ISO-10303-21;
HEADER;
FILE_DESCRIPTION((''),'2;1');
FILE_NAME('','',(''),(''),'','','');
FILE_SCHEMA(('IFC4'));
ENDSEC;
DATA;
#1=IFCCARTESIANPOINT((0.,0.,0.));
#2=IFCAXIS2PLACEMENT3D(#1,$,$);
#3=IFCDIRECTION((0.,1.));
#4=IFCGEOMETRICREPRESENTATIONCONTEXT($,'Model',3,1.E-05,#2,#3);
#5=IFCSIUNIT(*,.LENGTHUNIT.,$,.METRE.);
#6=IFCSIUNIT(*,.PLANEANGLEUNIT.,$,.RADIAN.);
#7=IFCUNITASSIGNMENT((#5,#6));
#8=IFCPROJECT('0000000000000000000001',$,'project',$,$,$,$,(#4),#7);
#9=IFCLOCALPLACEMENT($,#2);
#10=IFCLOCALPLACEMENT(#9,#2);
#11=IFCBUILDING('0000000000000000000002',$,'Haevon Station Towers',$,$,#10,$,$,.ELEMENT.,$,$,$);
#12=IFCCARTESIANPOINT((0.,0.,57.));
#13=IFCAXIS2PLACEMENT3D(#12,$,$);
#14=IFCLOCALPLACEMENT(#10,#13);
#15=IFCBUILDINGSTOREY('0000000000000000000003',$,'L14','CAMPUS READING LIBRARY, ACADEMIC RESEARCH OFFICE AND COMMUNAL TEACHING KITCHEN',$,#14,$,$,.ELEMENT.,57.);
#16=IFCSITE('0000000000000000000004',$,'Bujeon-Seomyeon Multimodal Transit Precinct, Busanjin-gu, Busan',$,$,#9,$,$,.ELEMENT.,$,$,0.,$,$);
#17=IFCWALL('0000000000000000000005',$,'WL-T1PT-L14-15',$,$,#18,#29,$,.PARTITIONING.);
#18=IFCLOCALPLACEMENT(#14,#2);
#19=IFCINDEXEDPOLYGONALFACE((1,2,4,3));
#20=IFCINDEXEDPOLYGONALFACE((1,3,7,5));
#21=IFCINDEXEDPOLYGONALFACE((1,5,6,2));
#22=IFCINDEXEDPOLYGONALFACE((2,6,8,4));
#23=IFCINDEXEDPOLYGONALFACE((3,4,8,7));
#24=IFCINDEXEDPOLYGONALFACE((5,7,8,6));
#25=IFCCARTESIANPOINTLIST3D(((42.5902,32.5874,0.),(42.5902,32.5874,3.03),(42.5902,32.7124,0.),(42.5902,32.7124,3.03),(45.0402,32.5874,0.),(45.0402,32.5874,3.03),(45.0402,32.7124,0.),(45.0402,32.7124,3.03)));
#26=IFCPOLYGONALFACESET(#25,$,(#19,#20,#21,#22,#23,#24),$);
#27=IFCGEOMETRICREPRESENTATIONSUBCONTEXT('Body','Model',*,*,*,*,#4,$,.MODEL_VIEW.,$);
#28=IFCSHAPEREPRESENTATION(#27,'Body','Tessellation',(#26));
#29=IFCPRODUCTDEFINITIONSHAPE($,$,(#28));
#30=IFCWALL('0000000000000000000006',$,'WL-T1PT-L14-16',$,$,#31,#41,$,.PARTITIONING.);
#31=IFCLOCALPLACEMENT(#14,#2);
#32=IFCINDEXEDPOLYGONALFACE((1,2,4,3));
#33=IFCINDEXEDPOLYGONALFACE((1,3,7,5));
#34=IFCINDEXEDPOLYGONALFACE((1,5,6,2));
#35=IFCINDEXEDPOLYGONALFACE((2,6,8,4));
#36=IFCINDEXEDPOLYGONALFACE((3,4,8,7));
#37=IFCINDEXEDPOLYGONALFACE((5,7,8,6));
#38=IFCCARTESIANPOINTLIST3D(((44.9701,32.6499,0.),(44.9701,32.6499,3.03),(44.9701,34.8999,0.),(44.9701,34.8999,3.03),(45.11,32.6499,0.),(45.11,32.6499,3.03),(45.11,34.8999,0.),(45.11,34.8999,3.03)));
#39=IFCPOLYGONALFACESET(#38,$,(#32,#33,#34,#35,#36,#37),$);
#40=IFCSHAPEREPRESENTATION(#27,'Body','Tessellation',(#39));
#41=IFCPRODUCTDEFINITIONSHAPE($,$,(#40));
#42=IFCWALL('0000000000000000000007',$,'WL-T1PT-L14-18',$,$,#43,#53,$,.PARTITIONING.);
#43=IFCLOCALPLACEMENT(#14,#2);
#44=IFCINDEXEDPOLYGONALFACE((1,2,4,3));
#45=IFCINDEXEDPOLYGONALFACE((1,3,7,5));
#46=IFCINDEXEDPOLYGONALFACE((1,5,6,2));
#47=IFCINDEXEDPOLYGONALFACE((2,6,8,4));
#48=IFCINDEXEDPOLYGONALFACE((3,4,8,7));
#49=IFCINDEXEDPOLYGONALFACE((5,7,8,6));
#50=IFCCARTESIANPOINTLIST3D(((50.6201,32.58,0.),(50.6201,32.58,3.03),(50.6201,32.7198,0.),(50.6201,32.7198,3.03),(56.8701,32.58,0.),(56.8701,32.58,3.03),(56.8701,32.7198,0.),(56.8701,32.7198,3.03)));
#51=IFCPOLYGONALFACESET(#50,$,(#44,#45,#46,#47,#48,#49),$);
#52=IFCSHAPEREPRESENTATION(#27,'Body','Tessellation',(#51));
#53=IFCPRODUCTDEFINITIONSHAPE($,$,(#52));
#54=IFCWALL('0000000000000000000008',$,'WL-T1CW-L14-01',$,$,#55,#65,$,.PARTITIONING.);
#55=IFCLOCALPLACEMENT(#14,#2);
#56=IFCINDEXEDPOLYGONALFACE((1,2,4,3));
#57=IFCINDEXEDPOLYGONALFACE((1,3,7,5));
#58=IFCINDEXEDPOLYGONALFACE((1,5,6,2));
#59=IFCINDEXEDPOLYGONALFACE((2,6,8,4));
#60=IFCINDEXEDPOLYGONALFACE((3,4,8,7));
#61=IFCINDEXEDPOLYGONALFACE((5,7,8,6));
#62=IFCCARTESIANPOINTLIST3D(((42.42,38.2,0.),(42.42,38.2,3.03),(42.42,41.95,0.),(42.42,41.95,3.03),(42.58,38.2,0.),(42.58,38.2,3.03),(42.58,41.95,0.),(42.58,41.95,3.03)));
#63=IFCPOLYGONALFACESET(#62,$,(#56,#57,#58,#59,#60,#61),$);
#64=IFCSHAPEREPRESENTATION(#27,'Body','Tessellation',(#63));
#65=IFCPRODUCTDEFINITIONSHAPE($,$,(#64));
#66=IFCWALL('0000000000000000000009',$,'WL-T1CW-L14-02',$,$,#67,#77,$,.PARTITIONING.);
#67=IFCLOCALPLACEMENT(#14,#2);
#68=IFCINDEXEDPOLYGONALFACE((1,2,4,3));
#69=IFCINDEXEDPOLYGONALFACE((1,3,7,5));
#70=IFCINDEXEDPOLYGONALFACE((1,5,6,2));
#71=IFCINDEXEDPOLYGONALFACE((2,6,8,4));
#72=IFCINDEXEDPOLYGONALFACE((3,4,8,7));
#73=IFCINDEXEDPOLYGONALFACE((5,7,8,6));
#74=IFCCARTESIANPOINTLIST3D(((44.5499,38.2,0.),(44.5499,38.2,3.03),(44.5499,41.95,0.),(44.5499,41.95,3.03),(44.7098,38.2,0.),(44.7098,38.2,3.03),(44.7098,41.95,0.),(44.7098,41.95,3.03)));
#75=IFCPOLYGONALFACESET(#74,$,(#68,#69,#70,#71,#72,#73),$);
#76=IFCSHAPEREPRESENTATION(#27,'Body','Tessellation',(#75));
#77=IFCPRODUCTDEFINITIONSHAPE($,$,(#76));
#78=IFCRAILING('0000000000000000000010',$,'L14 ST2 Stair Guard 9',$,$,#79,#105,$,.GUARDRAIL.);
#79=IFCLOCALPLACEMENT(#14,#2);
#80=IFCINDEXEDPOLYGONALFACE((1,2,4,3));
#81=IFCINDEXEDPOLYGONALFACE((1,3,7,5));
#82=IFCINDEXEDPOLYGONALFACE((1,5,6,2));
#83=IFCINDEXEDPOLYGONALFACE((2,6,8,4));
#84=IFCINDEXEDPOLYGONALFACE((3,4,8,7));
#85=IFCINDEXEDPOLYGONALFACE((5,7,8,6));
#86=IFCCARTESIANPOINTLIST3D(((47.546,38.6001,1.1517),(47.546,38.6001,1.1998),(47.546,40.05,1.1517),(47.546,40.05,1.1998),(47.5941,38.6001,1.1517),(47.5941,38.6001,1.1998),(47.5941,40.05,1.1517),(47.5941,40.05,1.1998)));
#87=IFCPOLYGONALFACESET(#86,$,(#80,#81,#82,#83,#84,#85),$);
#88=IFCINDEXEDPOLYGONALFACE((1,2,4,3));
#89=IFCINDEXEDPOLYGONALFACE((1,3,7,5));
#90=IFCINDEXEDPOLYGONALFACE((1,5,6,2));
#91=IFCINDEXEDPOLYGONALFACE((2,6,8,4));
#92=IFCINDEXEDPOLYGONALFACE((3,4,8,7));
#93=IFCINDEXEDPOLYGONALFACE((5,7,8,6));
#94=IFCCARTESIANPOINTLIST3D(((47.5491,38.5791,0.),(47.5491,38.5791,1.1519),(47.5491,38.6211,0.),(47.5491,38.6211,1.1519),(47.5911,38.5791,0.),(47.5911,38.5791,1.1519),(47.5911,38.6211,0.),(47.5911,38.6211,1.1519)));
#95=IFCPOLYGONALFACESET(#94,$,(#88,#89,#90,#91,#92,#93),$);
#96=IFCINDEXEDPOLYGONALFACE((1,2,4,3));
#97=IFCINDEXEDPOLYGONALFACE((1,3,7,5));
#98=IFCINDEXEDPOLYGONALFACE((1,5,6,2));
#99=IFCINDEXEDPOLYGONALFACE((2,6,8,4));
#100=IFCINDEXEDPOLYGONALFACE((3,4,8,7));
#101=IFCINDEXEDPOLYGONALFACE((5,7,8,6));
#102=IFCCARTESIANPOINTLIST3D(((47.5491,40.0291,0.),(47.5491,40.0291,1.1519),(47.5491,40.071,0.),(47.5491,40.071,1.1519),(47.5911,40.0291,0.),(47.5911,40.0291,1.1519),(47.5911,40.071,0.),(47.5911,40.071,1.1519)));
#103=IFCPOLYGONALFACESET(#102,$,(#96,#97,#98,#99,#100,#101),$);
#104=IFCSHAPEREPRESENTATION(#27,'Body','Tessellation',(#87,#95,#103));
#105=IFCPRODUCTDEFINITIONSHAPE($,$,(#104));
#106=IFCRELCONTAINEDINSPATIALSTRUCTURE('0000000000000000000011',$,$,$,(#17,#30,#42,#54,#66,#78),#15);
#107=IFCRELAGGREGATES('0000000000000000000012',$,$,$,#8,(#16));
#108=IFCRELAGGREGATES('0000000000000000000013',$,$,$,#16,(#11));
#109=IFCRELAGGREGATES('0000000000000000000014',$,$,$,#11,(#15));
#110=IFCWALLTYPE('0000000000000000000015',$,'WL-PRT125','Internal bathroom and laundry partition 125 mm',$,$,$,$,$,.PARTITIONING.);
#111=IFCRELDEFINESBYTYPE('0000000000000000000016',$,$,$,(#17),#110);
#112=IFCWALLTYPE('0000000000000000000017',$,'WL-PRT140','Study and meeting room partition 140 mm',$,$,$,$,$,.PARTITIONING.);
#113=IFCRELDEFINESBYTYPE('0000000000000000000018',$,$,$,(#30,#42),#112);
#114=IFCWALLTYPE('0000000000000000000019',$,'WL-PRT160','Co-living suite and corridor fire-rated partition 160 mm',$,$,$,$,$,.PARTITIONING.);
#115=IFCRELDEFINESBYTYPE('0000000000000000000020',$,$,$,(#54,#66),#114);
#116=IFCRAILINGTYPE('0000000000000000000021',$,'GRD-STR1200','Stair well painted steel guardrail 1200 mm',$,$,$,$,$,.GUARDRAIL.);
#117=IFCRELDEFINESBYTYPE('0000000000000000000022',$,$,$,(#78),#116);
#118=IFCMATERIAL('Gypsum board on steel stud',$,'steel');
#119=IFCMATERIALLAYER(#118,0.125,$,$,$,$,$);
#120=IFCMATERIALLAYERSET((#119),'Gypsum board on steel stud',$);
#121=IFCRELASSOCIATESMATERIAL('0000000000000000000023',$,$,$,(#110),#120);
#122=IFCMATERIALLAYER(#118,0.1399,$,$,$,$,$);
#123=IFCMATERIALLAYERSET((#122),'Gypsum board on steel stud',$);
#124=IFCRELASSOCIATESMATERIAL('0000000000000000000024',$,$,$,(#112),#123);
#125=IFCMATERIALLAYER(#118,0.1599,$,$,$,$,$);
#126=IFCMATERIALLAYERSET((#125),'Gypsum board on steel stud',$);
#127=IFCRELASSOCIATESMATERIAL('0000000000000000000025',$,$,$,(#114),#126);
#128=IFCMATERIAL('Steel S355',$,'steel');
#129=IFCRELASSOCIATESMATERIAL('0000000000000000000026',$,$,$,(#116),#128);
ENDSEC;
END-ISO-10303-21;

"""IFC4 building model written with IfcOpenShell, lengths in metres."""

from ifc_helpers import new_model, si_unit, direction, frame, frame_2d, origin, origin_2d, place, context, subcontext, project, spatial, rectangle, extrude, material, layer, layer_set, type_object, element, save


model = new_model("IFC4")

# Units and contexts
model_context = context("Model", 3, precision=1e-05, world=origin(), true_north=direction((0.0, 1.0)))
body_context = subcontext(model_context, "Body", "Model", "MODEL_VIEW")
ifc_project = project(units=[si_unit("LENGTHUNIT", "METRE"), si_unit("PLANEANGLEUNIT", "RADIAN")], contexts=[model_context])

# Site, building, storey
site_placement = place(None, origin())
site = spatial("IfcSite", under=ifc_project, at=site_placement, Name="Bujeon-Seomyeon Multimodal Transit Precinct, Busanjin-gu, Busan", CompositionType="ELEMENT", RefElevation=0.0)
building_placement = place(site_placement, origin())
building = spatial("IfcBuilding", under=site, at=building_placement, Name="Haevon Station Towers", CompositionType="ELEMENT")
storey_placement = place(building_placement, frame((0.0, 0.0, 57.0)))
storey = spatial("IfcBuildingStorey", under=building, at=storey_placement, Name="L14", Description="CAMPUS READING LIBRARY, ACADEMIC RESEARCH OFFICE AND COMMUNAL TEACHING KITCHEN", CompositionType="ELEMENT", Elevation=57.0)

# Shared definitions
ifc_material_1 = material(Name="Steel S355", Category="steel")

# Shared definitions
ifc_material_2 = material(Name="Gypsum board on steel stud", Category="steel")

# Walls
ifc_layer_1 = layer(ifc_material_2, 0.125)
ifc_layer_set_1 = layer_set([ifc_layer_1], Name="Gypsum board on steel stud")
wall_type_1 = type_object("IfcWallType", Name="WL-PRT125", Description="Internal bathroom and laundry partition 125 mm", PredefinedType="PARTITIONING", material=ifc_layer_set_1)
wall_1_placement = place(storey_placement, frame((42.5901, 32.6499, 0.0), z_axis=(0.0, 0.0, 1.0), x_axis=(1.0, 0.0, 0.0)))
element("IfcWall", 1, at=wall_1_placement, inside=storey, type_object=wall_type_1, Name="WL-T1PT-L14-15", PredefinedType="PARTITIONING", context=body_context, shape_type="SweptSolid", body=[
    extrude(rectangle(XDim=2.45, YDim=0.125, at=frame_2d((1.2251, 0.0))), origin(), (0.0, 0.0, 1.0), 3.03),
])
ifc_layer_2 = layer(ifc_material_2, 0.1399)
ifc_layer_set_2 = layer_set([ifc_layer_2], Name="Gypsum board on steel stud")
wall_type_2 = type_object("IfcWallType", Name="WL-PRT140", Description="Study and meeting room partition 140 mm", PredefinedType="PARTITIONING", material=ifc_layer_set_2)
wall_2_placement = place(storey_placement, frame((45.04, 32.6499, 0.0), z_axis=(0.0, 0.0, 1.0), x_axis=(0.0, 1.0, 0.0)))
element("IfcWall", 2, at=wall_2_placement, inside=storey, type_object=wall_type_2, Name="WL-T1PT-L14-16", PredefinedType="PARTITIONING", context=body_context, shape_type="SweptSolid", body=[
    extrude(rectangle(XDim=2.25, YDim=0.1399, at=frame_2d((1.125, 0.0))), origin(), (0.0, 0.0, 1.0), 3.03),
])
wall_3_placement = place(storey_placement, frame((50.6201, 32.6499, 0.0), z_axis=(0.0, 0.0, 1.0), x_axis=(1.0, 0.0, 0.0)))
element("IfcWall", 3, at=wall_3_placement, inside=storey, type_object=wall_type_2, Name="WL-T1PT-L14-18", PredefinedType="PARTITIONING", context=body_context, shape_type="SweptSolid", body=[
    extrude(rectangle(XDim=6.25, YDim=0.1399, at=frame_2d((3.125, 0.0))), origin(), (0.0, 0.0, 1.0), 3.03),
])
ifc_layer_3 = layer(ifc_material_2, 0.1599)
ifc_layer_set_3 = layer_set([ifc_layer_3], Name="Gypsum board on steel stud")
wall_type_3 = type_object("IfcWallType", Name="WL-PRT160", Description="Co-living suite and corridor fire-rated partition 160 mm", PredefinedType="PARTITIONING", material=ifc_layer_set_3)
for number, where, z_axis, x_axis, name in (
    (4, (42.5, 38.2, 0.0), (0.0, 0.0, 1.0), (0.0, 1.0, 0.0), "WL-T1CW-L14-01"),
    (5, (44.6299, 38.2, 0.0), (0.0, 0.0, 1.0), (0.0, 1.0, 0.0), "WL-T1CW-L14-02"),
):
    element("IfcWall", number, at=place(storey_placement, frame(where, z_axis=z_axis, x_axis=x_axis)), inside=storey, type_object=wall_type_3, Name=name, PredefinedType="PARTITIONING", context=body_context, shape_type="SweptSolid", body=[
        extrude(rectangle(XDim=3.75, YDim=0.1599, at=frame_2d((1.875, 0.0))), origin(), (0.0, 0.0, 1.0), 3.03),
    ])

# Railing
railing_type = type_object("IfcRailingType", Name="GRD-STR1200", Description="Stair well painted steel guardrail 1200 mm", PredefinedType="GUARDRAIL", material=ifc_material_1)
railing_placement = place(storey_placement, frame((47.5701, 38.6001, 0.0)))
element("IfcRailing", 6, at=railing_placement, inside=storey, type_object=railing_type, Name="L14 ST2 Stair Guard 9", PredefinedType="GUARDRAIL", context=body_context, shape_type="SweptSolid", body=[
    extrude(rectangle(XDim=0.0481, YDim=0.0481, at=origin_2d()), frame((0.0, 0.0, 1.1758), z_axis=(0.0, 1.0, 0.0), x_axis=(-1.0, 0.0, 0.0)), (0.0, 0.0, 1.0), 1.45),
    extrude(rectangle(XDim=0.042, YDim=0.042, at=origin_2d()), origin(), (0.0, 0.0, 1.0), 1.1519),
    extrude(rectangle(XDim=0.042, YDim=0.042, at=origin_2d()), frame((0.0, 1.45, 0.0)), (0.0, 0.0, 1.0), 1.1519),
])

save(model, "model.ifc")
